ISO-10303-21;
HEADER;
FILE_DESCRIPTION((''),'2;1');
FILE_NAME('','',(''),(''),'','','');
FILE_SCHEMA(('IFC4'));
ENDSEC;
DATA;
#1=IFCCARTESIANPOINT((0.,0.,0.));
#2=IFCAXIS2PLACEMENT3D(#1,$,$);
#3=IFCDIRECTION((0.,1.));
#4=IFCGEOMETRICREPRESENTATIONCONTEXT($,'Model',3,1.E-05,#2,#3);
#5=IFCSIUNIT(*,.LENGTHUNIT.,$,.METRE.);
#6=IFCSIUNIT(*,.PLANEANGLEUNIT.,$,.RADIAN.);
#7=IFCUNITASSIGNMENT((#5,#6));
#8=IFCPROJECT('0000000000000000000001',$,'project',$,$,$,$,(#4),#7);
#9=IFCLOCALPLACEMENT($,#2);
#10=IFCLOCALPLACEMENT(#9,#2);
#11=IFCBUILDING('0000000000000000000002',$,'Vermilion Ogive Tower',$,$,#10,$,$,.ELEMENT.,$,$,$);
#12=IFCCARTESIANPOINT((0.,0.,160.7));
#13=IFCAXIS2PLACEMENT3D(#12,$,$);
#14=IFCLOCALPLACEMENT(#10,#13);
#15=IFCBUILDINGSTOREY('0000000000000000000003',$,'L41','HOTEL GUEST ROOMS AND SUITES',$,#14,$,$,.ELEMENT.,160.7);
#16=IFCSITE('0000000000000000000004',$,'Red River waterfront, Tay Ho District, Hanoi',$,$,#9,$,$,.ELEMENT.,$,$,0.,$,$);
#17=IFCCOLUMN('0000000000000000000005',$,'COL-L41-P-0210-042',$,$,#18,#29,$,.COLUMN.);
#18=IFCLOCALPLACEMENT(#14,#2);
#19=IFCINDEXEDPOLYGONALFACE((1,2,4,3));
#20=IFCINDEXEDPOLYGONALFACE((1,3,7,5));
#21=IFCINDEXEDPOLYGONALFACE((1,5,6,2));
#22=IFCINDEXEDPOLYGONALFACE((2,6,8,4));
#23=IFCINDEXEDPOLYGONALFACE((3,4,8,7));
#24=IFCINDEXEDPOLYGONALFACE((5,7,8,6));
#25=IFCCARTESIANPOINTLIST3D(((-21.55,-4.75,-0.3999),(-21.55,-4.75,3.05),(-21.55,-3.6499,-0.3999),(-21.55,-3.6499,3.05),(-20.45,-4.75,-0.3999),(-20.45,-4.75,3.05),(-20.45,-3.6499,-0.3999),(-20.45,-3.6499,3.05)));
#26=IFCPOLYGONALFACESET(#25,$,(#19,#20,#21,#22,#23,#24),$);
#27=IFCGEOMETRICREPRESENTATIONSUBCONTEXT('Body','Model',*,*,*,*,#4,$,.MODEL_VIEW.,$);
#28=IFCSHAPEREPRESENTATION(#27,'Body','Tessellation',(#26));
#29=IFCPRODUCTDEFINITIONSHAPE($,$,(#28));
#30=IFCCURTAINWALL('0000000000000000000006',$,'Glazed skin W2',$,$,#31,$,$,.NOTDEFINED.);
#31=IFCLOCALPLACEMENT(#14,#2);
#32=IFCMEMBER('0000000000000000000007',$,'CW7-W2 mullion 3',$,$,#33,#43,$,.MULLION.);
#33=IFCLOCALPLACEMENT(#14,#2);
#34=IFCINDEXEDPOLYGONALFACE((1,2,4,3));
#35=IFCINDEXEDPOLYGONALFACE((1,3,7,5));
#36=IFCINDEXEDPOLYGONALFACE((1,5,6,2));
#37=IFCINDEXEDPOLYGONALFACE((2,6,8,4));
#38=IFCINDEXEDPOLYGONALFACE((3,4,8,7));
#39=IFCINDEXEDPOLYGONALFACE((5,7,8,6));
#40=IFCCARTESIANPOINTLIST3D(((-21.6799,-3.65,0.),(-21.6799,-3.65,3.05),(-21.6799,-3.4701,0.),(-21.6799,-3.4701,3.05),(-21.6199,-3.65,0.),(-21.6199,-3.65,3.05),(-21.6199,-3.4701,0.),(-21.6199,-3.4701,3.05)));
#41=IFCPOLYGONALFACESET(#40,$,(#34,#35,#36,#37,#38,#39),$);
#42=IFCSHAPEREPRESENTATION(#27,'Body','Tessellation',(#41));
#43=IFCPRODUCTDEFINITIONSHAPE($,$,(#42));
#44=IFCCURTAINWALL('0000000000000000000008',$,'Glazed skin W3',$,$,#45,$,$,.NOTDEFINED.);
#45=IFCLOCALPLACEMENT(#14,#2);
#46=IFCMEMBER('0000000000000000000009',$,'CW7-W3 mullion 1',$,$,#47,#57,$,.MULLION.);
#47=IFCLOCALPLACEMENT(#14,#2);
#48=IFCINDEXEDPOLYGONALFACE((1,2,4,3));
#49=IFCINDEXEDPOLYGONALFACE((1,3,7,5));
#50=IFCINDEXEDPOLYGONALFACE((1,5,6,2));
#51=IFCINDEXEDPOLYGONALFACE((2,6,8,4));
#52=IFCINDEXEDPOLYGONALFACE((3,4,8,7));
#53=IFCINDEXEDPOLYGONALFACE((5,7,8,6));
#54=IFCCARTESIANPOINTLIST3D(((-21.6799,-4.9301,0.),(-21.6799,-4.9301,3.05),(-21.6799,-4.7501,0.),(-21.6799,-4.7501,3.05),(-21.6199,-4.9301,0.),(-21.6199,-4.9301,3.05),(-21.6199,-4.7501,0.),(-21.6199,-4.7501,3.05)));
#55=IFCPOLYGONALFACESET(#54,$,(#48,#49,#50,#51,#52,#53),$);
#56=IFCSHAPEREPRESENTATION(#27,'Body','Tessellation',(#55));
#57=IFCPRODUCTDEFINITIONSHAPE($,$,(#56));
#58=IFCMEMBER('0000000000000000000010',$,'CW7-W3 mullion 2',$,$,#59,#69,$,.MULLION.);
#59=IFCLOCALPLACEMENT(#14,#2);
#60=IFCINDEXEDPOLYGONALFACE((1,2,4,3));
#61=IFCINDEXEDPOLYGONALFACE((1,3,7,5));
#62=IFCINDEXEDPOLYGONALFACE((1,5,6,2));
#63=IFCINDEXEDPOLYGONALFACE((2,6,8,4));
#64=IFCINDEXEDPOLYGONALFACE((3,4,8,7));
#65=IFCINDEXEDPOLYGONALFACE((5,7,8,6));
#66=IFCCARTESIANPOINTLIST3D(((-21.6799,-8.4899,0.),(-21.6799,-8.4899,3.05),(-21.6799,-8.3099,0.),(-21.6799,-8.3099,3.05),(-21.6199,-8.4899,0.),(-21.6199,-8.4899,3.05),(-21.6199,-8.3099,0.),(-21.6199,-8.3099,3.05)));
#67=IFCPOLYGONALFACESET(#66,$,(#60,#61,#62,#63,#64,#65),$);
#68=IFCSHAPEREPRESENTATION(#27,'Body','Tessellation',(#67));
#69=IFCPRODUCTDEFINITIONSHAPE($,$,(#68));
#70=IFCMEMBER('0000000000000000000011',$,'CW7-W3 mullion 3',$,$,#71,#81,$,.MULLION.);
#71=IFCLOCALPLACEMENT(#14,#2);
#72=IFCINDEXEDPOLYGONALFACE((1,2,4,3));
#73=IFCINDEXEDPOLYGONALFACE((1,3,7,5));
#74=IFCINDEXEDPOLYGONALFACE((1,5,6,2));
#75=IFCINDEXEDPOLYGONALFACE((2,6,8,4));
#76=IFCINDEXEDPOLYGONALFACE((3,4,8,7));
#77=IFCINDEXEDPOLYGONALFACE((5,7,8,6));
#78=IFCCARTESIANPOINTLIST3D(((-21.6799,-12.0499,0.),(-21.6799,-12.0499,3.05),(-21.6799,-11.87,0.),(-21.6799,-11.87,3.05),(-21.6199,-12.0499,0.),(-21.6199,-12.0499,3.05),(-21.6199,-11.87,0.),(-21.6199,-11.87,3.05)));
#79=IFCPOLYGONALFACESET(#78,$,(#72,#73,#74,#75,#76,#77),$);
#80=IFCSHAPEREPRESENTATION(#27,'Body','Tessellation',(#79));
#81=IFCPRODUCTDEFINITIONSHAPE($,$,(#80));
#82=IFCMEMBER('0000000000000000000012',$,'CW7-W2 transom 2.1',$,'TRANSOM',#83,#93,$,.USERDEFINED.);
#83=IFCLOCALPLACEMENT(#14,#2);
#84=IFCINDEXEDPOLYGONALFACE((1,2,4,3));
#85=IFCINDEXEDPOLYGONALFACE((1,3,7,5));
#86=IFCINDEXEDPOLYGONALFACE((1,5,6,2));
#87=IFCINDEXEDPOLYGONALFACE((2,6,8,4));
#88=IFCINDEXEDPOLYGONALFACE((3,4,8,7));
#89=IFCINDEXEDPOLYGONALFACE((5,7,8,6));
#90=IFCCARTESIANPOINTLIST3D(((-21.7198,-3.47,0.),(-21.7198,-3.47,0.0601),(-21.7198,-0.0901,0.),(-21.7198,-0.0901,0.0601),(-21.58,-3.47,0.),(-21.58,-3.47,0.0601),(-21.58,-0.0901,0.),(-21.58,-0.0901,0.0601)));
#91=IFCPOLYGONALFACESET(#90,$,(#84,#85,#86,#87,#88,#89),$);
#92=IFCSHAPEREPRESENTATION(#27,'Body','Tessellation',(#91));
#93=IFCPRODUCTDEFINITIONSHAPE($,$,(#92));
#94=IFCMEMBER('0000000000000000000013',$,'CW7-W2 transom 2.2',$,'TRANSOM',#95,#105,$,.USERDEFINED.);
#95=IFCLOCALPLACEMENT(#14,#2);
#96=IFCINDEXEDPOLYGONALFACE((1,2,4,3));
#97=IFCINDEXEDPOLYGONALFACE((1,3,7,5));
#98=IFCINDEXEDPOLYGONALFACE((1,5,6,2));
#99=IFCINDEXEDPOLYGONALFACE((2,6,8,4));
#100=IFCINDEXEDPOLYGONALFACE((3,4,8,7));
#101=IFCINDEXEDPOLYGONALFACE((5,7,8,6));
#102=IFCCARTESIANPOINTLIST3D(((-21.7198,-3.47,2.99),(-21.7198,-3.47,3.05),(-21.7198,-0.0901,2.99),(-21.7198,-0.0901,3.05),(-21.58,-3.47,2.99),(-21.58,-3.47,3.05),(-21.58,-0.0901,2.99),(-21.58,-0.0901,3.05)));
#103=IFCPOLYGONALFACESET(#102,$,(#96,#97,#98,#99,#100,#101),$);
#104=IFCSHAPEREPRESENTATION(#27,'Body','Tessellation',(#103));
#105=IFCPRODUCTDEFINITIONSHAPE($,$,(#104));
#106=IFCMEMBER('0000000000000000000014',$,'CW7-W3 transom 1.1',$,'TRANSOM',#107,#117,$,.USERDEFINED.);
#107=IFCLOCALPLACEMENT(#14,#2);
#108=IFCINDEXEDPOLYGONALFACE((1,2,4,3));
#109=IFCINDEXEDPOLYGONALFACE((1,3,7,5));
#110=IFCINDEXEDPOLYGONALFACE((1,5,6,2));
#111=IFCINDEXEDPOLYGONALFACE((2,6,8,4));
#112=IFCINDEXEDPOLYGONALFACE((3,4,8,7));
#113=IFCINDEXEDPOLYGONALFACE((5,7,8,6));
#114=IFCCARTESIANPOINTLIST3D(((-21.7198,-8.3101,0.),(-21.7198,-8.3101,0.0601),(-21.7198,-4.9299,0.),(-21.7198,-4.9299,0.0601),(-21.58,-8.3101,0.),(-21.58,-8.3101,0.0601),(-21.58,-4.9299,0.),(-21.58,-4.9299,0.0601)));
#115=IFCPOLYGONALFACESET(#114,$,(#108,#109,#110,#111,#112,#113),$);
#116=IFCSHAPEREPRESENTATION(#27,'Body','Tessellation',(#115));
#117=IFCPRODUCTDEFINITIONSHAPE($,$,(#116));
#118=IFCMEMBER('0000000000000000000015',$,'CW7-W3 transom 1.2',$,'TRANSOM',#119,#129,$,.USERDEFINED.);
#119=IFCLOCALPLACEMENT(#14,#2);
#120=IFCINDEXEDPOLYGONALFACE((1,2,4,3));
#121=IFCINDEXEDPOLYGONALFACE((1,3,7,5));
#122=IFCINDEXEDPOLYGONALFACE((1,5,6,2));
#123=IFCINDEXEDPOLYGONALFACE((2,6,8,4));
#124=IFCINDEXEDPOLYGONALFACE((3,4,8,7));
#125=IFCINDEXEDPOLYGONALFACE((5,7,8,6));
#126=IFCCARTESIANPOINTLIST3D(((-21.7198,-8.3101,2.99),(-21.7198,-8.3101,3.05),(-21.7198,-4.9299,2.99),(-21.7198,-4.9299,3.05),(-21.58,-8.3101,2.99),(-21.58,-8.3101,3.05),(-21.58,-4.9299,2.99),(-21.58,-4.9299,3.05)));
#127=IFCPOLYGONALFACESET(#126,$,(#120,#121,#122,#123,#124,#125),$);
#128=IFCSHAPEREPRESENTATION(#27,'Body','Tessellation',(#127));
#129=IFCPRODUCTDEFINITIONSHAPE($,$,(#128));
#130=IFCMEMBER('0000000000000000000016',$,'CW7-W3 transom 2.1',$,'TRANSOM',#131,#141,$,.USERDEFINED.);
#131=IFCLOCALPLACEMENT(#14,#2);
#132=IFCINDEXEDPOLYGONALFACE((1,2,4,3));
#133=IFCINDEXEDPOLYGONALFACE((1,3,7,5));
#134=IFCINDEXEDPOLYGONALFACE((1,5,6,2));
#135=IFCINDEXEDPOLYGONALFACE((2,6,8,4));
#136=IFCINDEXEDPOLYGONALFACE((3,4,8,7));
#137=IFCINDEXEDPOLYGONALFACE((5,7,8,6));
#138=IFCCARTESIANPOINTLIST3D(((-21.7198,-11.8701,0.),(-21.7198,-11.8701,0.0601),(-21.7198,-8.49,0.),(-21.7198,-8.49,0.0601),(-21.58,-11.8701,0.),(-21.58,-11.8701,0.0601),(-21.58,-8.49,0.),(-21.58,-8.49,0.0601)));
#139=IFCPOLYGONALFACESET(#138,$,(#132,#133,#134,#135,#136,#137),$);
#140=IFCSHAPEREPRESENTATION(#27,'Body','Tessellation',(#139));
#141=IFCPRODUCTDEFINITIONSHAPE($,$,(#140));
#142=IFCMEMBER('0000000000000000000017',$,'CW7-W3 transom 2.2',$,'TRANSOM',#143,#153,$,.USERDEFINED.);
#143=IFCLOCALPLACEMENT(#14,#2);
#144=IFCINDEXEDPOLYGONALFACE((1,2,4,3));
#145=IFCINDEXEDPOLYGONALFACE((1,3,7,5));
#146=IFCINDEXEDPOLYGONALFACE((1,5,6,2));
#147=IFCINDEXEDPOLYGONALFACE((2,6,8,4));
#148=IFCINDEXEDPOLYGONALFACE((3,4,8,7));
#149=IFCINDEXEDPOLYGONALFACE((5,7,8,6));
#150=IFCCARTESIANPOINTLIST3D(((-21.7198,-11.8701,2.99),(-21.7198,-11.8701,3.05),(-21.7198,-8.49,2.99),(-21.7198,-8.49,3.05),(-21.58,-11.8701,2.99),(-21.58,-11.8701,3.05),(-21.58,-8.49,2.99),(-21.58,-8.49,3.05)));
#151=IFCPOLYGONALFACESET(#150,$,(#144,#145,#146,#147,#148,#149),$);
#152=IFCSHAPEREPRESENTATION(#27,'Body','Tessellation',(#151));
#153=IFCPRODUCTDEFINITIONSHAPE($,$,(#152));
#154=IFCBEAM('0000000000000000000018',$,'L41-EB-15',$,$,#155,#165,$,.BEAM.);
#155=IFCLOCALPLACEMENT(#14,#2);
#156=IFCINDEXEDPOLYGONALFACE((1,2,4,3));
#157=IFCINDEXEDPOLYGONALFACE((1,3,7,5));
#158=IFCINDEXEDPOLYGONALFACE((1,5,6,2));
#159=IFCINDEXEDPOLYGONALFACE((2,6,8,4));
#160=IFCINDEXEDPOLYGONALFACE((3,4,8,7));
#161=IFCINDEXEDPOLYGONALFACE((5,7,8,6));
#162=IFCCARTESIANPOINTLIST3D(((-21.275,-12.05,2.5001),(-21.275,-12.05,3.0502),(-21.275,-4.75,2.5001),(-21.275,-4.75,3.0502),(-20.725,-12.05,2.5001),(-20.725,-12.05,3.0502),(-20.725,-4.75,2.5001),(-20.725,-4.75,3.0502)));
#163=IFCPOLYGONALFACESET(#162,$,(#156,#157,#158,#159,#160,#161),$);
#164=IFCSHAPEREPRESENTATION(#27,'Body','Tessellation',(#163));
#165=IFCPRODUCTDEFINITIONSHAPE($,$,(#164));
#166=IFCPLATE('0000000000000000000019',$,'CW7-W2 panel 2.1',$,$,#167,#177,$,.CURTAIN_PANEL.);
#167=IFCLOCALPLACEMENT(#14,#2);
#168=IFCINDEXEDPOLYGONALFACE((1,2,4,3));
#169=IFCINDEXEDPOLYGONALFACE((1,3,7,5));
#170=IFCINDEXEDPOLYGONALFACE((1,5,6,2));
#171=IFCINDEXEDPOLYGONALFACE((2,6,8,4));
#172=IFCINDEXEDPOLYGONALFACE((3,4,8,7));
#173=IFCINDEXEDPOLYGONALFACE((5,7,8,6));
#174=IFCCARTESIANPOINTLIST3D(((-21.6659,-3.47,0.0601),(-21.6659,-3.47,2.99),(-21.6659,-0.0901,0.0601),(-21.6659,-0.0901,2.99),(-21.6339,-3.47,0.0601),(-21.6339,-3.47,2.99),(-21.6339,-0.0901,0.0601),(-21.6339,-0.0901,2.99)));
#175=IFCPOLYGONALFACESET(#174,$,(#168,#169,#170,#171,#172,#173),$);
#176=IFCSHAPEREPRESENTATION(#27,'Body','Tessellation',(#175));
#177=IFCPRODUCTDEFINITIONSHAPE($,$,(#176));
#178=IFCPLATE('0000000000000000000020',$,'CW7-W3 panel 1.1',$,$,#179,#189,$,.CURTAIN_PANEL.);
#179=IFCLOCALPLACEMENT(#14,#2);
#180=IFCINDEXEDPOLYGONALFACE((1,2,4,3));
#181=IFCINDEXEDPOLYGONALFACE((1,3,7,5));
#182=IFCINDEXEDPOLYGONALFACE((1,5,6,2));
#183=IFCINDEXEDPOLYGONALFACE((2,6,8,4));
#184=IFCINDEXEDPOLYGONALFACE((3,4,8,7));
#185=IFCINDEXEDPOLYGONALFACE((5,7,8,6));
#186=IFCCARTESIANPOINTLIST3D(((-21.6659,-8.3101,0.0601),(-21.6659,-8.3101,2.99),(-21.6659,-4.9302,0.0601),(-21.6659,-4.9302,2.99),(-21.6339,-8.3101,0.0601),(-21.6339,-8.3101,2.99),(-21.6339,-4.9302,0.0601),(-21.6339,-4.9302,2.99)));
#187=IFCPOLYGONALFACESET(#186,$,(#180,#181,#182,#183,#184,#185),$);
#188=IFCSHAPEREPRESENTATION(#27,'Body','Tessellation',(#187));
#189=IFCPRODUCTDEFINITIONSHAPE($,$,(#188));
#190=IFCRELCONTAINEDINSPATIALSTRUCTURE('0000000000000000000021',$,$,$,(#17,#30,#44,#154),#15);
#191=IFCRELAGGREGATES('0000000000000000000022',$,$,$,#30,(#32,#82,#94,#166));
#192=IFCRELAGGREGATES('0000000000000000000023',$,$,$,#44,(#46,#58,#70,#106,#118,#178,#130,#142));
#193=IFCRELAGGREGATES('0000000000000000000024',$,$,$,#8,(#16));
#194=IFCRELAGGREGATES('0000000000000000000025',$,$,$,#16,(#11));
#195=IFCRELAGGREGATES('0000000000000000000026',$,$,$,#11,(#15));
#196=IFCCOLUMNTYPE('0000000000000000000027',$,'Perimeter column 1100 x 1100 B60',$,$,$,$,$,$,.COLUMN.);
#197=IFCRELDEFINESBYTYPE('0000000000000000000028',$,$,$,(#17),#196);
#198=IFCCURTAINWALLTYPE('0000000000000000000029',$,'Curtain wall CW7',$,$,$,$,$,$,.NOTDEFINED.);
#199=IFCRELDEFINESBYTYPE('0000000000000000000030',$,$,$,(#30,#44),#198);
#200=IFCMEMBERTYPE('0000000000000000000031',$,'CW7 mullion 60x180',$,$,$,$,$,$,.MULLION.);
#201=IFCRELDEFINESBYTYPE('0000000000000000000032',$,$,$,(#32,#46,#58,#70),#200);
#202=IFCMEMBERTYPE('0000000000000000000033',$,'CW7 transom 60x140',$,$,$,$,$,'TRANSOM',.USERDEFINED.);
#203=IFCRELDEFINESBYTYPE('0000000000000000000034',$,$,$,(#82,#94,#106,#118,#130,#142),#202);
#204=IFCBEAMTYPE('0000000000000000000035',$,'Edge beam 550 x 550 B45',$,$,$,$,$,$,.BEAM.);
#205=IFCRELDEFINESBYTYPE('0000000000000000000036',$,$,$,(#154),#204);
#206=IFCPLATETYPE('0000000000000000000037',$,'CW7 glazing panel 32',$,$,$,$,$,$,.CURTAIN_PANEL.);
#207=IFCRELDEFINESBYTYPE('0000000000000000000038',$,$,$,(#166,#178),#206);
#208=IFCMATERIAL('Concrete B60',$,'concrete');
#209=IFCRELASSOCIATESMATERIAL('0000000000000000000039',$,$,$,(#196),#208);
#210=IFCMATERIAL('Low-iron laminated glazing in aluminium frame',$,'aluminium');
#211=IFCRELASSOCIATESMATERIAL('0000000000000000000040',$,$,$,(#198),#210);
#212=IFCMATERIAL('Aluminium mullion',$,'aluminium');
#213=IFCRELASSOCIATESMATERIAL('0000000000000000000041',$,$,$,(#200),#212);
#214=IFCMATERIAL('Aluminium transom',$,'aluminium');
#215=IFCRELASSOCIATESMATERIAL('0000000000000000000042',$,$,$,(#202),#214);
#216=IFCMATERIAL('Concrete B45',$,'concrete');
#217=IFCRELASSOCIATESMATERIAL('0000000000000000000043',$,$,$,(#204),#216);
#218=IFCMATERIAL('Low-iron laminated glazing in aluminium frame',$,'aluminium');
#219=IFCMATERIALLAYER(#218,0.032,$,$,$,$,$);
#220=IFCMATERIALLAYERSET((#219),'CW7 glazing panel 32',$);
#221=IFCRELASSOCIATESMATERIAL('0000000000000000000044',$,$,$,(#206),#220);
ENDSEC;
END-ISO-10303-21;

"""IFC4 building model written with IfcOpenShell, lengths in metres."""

from ifc_helpers import new_model, si_unit, direction, frame, origin, origin_2d, place, context, subcontext, project, spatial, rectangle, extrude, material, layer, layer_set, material_profile, profile_set, type_object, element, aggregate, save


model = new_model("IFC4")

# Units and contexts
model_context = context("Model", 3, precision=1e-05, world=origin(), true_north=direction((0.0, 1.0)))
body_context = subcontext(model_context, "Body", "Model", "MODEL_VIEW")
ifc_project = project(units=[si_unit("LENGTHUNIT", "METRE"), si_unit("PLANEANGLEUNIT", "RADIAN")], contexts=[model_context])

# Site, building, storey
site_placement = place(None, origin())
site = spatial("IfcSite", under=ifc_project, at=site_placement, Name="Red River waterfront, Tay Ho District, Hanoi", CompositionType="ELEMENT", RefElevation=0.0)
building_placement = place(site_placement, origin())
building = spatial("IfcBuilding", under=site, at=building_placement, Name="Vermilion Ogive Tower", CompositionType="ELEMENT")
storey_placement = place(building_placement, frame((0.0, 0.0, 160.7)))
storey = spatial("IfcBuildingStorey", under=building, at=storey_placement, Name="L41", Description="HOTEL GUEST ROOMS AND SUITES", CompositionType="ELEMENT", Elevation=160.7)

# Column
ifc_material_1 = material(Name="Concrete B60", Category="concrete")
ifc_material_profile_1 = material_profile(ifc_material_1, rectangle(XDim=1.1001, YDim=1.1001, at=origin_2d()), Name="1100 x 1100")
ifc_profile_set_1 = profile_set([ifc_material_profile_1], Name="Concrete B60")
column_type = type_object("IfcColumnType", Name="Perimeter column 1100 x 1100 B60", PredefinedType="COLUMN", material=ifc_profile_set_1)
column_placement = place(storey_placement, frame((-21.0, -4.2, -0.3999), z_axis=(0.0, 0.0, 1.0), x_axis=(1.0, 0.0, 0.0)))
element("IfcColumn", 1, at=column_placement, inside=storey, type_object=column_type, Name="COL-L41-P-0210-042", PredefinedType="COLUMN", context=body_context, shape_type="SweptSolid", body=[
    extrude(rectangle(XDim=1.1001, YDim=1.1001, at=origin_2d()), origin(), (0.0, 0.0, 1.0), 3.45),
])

# Curtain wall, member
ifc_material_2 = material(Name="Low-iron laminated glazing in aluminium frame", Category="aluminium")
curtain_wall_type = type_object("IfcCurtainWallType", Name="Curtain wall CW7", PredefinedType="NOTDEFINED", material=ifc_material_2)
curtain_wall_1_placement = place(storey_placement, origin())
curtain_wall_1 = element("IfcCurtainWall", 2, at=curtain_wall_1_placement, inside=storey, type_object=curtain_wall_type, Name="Glazed skin W2", PredefinedType="NOTDEFINED")
ifc_material_3 = material(Name="Aluminium mullion", Category="aluminium")
ifc_material_profile_2 = material_profile(ifc_material_3, rectangle(XDim=0.0601, YDim=0.1799, at=origin_2d()), Name="AL 60x180")
ifc_profile_set_2 = profile_set([ifc_material_profile_2], Name="Aluminium mullion")
member_type_1 = type_object("IfcMemberType", Name="CW7 mullion 60x180", PredefinedType="MULLION", material=ifc_profile_set_2)
member_1_placement = place(storey_placement, frame((-21.6499, -3.5601, 0.0), z_axis=(0.0, 0.0, 1.0), x_axis=(1.0, 0.0, 0.0)))
member_1 = element("IfcMember", 3, at=member_1_placement, type_object=member_type_1, Name="CW7-W2 mullion 3", PredefinedType="MULLION", context=body_context, shape_type="SweptSolid", body=[
    extrude(rectangle(XDim=0.0601, YDim=0.1799, at=origin_2d()), origin(), (0.0, 0.0, 1.0), 3.05),
])

# Curtain wall, members
curtain_wall_2_placement = place(storey_placement, origin())
curtain_wall_2 = element("IfcCurtainWall", 4, at=curtain_wall_2_placement, inside=storey, type_object=curtain_wall_type, Name="Glazed skin W3", PredefinedType="NOTDEFINED")
member_2_placement = place(storey_placement, frame((-21.6499, -4.8401, 0.0), z_axis=(0.0, 0.0, 1.0), x_axis=(1.0, 0.0, 0.0)))
member_2 = element("IfcMember", 5, at=member_2_placement, type_object=member_type_1, Name="CW7-W3 mullion 1", PredefinedType="MULLION", context=body_context, shape_type="SweptSolid", body=[
    extrude(rectangle(XDim=0.0601, YDim=0.1799, at=origin_2d()), origin(), (0.0, 0.0, 1.0), 3.05),
])
member_3_placement = place(storey_placement, frame((-21.6499, -8.3999, 0.0), z_axis=(0.0, 0.0, 1.0), x_axis=(1.0, 0.0, 0.0)))
member_3 = element("IfcMember", 6, at=member_3_placement, type_object=member_type_1, Name="CW7-W3 mullion 2", PredefinedType="MULLION", context=body_context, shape_type="SweptSolid", body=[
    extrude(rectangle(XDim=0.0601, YDim=0.1799, at=origin_2d()), origin(), (0.0, 0.0, 1.0), 3.05),
])
member_4_placement = place(storey_placement, frame((-21.6499, -11.96, 0.0), z_axis=(0.0, 0.0, 1.0), x_axis=(1.0, 0.0, 0.0)))
member_4 = element("IfcMember", 7, at=member_4_placement, type_object=member_type_1, Name="CW7-W3 mullion 3", PredefinedType="MULLION", context=body_context, shape_type="SweptSolid", body=[
    extrude(rectangle(XDim=0.0601, YDim=0.1799, at=origin_2d()), origin(), (0.0, 0.0, 1.0), 3.05),
])

# Members
ifc_material_4 = material(Name="Aluminium transom", Category="aluminium")
ifc_material_profile_3 = material_profile(ifc_material_4, rectangle(XDim=0.1399, YDim=0.0601, at=origin_2d()), Name="AL 60x140")
ifc_profile_set_3 = profile_set([ifc_material_profile_3], Name="Aluminium transom")
member_type_2 = type_object("IfcMemberType", Name="CW7 transom 60x140", ElementType="TRANSOM", PredefinedType="USERDEFINED", material=ifc_profile_set_3)
member_5_placement = place(storey_placement, frame((-21.6499, -0.0901, 0.03), z_axis=(0.0, -1.0, 0.0), x_axis=(1.0, 0.0, 0.0)))
member_5 = element("IfcMember", 8, at=member_5_placement, type_object=member_type_2, Name="CW7-W2 transom 2.1", ObjectType="TRANSOM", PredefinedType="USERDEFINED", context=body_context, shape_type="SweptSolid", body=[
    extrude(rectangle(XDim=0.1399, YDim=0.0601, at=origin_2d()), origin(), (0.0, 0.0, 1.0), 3.3799),
])
member_6_placement = place(storey_placement, frame((-21.6499, -0.0901, 3.02), z_axis=(0.0, -1.0, 0.0), x_axis=(1.0, 0.0, 0.0)))
member_6 = element("IfcMember", 9, at=member_6_placement, type_object=member_type_2, Name="CW7-W2 transom 2.2", ObjectType="TRANSOM", PredefinedType="USERDEFINED", context=body_context, shape_type="SweptSolid", body=[
    extrude(rectangle(XDim=0.1399, YDim=0.0601, at=origin_2d()), origin(), (0.0, 0.0, 1.0), 3.3799),
])
member_7_placement = place(storey_placement, frame((-21.6499, -4.9299, 0.03), z_axis=(0.0, -1.0, 0.0), x_axis=(1.0, 0.0, 0.0)))
member_7 = element("IfcMember", 10, at=member_7_placement, type_object=member_type_2, Name="CW7-W3 transom 1.1", ObjectType="TRANSOM", PredefinedType="USERDEFINED", context=body_context, shape_type="SweptSolid", body=[
    extrude(rectangle(XDim=0.1399, YDim=0.0601, at=origin_2d()), origin(), (0.0, 0.0, 1.0), 3.3801),
])
member_8_placement = place(storey_placement, frame((-21.6499, -4.9299, 3.02), z_axis=(0.0, -1.0, 0.0), x_axis=(1.0, 0.0, 0.0)))
member_8 = element("IfcMember", 11, at=member_8_placement, type_object=member_type_2, Name="CW7-W3 transom 1.2", ObjectType="TRANSOM", PredefinedType="USERDEFINED", context=body_context, shape_type="SweptSolid", body=[
    extrude(rectangle(XDim=0.1399, YDim=0.0601, at=origin_2d()), origin(), (0.0, 0.0, 1.0), 3.3801),
])
member_9_placement = place(storey_placement, frame((-21.6499, -8.49, 0.03), z_axis=(0.0, -1.0, 0.0), x_axis=(1.0, 0.0, 0.0)))
member_9 = element("IfcMember", 12, at=member_9_placement, type_object=member_type_2, Name="CW7-W3 transom 2.1", ObjectType="TRANSOM", PredefinedType="USERDEFINED", context=body_context, shape_type="SweptSolid", body=[
    extrude(rectangle(XDim=0.1399, YDim=0.0601, at=origin_2d()), origin(), (0.0, 0.0, 1.0), 3.3801),
])
member_10_placement = place(storey_placement, frame((-21.6499, -8.49, 3.02), z_axis=(0.0, -1.0, 0.0), x_axis=(1.0, 0.0, 0.0)))
member_10 = element("IfcMember", 13, at=member_10_placement, type_object=member_type_2, Name="CW7-W3 transom 2.2", ObjectType="TRANSOM", PredefinedType="USERDEFINED", context=body_context, shape_type="SweptSolid", body=[
    extrude(rectangle(XDim=0.1399, YDim=0.0601, at=origin_2d()), origin(), (0.0, 0.0, 1.0), 3.3801),
])

# Beam
ifc_material_5 = material(Name="Concrete B45", Category="concrete")
ifc_material_profile_4 = material_profile(ifc_material_5, rectangle(XDim=0.55, YDim=0.55, at=origin_2d()), Name="550 x 550")
ifc_profile_set_4 = profile_set([ifc_material_profile_4], Name="Concrete B45")
beam_type = type_object("IfcBeamType", Name="Edge beam 550 x 550 B45", PredefinedType="BEAM", material=ifc_profile_set_4)
beam_placement = place(storey_placement, frame((-21.0, -4.75, 2.7751), z_axis=(0.0, -1.0, 0.0), x_axis=(1.0, 0.0, 0.0)))
element("IfcBeam", 14, at=beam_placement, inside=storey, type_object=beam_type, Name="L41-EB-15", PredefinedType="BEAM", context=body_context, shape_type="SweptSolid", body=[
    extrude(rectangle(XDim=0.55, YDim=0.55, at=origin_2d()), origin(), (0.0, 0.0, 1.0), 7.3),
])

# Plates
ifc_material_6 = material(Name="Low-iron laminated glazing in aluminium frame", Category="aluminium")
ifc_layer_1 = layer(ifc_material_6, 0.032)
ifc_layer_set_1 = layer_set([ifc_layer_1], Name="CW7 glazing panel 32")
plate_type = type_object("IfcPlateType", Name="CW7 glazing panel 32", PredefinedType="CURTAIN_PANEL", material=ifc_layer_set_1)
plate_1_placement = place(storey_placement, frame((-21.6499, -1.78, 0.0601), z_axis=(0.0, 0.0, 1.0), x_axis=(0.0, -1.0, 0.0)))
plate_1 = element("IfcPlate", 15, at=plate_1_placement, type_object=plate_type, Name="CW7-W2 panel 2.1", PredefinedType="CURTAIN_PANEL", context=body_context, shape_type="SweptSolid", body=[
    extrude(rectangle(XDim=3.3799, YDim=0.032, at=origin_2d()), origin(), (0.0, 0.0, 1.0), 2.9299),
])
aggregate(curtain_wall_1, [member_1, member_5, member_6, plate_1])
plate_2_placement = place(storey_placement, frame((-21.6499, -6.6201, 0.0601), z_axis=(0.0, 0.0, 1.0), x_axis=(0.0, -1.0, 0.0)))
plate_2 = element("IfcPlate", 16, at=plate_2_placement, type_object=plate_type, Name="CW7-W3 panel 1.1", PredefinedType="CURTAIN_PANEL", context=body_context, shape_type="SweptSolid", body=[
    extrude(rectangle(XDim=3.3799, YDim=0.032, at=origin_2d()), origin(), (0.0, 0.0, 1.0), 2.9299),
])
aggregate(curtain_wall_2, [member_2, member_3, member_4, member_7, member_8, plate_2, member_9, member_10])

save(model, "model.ifc")
